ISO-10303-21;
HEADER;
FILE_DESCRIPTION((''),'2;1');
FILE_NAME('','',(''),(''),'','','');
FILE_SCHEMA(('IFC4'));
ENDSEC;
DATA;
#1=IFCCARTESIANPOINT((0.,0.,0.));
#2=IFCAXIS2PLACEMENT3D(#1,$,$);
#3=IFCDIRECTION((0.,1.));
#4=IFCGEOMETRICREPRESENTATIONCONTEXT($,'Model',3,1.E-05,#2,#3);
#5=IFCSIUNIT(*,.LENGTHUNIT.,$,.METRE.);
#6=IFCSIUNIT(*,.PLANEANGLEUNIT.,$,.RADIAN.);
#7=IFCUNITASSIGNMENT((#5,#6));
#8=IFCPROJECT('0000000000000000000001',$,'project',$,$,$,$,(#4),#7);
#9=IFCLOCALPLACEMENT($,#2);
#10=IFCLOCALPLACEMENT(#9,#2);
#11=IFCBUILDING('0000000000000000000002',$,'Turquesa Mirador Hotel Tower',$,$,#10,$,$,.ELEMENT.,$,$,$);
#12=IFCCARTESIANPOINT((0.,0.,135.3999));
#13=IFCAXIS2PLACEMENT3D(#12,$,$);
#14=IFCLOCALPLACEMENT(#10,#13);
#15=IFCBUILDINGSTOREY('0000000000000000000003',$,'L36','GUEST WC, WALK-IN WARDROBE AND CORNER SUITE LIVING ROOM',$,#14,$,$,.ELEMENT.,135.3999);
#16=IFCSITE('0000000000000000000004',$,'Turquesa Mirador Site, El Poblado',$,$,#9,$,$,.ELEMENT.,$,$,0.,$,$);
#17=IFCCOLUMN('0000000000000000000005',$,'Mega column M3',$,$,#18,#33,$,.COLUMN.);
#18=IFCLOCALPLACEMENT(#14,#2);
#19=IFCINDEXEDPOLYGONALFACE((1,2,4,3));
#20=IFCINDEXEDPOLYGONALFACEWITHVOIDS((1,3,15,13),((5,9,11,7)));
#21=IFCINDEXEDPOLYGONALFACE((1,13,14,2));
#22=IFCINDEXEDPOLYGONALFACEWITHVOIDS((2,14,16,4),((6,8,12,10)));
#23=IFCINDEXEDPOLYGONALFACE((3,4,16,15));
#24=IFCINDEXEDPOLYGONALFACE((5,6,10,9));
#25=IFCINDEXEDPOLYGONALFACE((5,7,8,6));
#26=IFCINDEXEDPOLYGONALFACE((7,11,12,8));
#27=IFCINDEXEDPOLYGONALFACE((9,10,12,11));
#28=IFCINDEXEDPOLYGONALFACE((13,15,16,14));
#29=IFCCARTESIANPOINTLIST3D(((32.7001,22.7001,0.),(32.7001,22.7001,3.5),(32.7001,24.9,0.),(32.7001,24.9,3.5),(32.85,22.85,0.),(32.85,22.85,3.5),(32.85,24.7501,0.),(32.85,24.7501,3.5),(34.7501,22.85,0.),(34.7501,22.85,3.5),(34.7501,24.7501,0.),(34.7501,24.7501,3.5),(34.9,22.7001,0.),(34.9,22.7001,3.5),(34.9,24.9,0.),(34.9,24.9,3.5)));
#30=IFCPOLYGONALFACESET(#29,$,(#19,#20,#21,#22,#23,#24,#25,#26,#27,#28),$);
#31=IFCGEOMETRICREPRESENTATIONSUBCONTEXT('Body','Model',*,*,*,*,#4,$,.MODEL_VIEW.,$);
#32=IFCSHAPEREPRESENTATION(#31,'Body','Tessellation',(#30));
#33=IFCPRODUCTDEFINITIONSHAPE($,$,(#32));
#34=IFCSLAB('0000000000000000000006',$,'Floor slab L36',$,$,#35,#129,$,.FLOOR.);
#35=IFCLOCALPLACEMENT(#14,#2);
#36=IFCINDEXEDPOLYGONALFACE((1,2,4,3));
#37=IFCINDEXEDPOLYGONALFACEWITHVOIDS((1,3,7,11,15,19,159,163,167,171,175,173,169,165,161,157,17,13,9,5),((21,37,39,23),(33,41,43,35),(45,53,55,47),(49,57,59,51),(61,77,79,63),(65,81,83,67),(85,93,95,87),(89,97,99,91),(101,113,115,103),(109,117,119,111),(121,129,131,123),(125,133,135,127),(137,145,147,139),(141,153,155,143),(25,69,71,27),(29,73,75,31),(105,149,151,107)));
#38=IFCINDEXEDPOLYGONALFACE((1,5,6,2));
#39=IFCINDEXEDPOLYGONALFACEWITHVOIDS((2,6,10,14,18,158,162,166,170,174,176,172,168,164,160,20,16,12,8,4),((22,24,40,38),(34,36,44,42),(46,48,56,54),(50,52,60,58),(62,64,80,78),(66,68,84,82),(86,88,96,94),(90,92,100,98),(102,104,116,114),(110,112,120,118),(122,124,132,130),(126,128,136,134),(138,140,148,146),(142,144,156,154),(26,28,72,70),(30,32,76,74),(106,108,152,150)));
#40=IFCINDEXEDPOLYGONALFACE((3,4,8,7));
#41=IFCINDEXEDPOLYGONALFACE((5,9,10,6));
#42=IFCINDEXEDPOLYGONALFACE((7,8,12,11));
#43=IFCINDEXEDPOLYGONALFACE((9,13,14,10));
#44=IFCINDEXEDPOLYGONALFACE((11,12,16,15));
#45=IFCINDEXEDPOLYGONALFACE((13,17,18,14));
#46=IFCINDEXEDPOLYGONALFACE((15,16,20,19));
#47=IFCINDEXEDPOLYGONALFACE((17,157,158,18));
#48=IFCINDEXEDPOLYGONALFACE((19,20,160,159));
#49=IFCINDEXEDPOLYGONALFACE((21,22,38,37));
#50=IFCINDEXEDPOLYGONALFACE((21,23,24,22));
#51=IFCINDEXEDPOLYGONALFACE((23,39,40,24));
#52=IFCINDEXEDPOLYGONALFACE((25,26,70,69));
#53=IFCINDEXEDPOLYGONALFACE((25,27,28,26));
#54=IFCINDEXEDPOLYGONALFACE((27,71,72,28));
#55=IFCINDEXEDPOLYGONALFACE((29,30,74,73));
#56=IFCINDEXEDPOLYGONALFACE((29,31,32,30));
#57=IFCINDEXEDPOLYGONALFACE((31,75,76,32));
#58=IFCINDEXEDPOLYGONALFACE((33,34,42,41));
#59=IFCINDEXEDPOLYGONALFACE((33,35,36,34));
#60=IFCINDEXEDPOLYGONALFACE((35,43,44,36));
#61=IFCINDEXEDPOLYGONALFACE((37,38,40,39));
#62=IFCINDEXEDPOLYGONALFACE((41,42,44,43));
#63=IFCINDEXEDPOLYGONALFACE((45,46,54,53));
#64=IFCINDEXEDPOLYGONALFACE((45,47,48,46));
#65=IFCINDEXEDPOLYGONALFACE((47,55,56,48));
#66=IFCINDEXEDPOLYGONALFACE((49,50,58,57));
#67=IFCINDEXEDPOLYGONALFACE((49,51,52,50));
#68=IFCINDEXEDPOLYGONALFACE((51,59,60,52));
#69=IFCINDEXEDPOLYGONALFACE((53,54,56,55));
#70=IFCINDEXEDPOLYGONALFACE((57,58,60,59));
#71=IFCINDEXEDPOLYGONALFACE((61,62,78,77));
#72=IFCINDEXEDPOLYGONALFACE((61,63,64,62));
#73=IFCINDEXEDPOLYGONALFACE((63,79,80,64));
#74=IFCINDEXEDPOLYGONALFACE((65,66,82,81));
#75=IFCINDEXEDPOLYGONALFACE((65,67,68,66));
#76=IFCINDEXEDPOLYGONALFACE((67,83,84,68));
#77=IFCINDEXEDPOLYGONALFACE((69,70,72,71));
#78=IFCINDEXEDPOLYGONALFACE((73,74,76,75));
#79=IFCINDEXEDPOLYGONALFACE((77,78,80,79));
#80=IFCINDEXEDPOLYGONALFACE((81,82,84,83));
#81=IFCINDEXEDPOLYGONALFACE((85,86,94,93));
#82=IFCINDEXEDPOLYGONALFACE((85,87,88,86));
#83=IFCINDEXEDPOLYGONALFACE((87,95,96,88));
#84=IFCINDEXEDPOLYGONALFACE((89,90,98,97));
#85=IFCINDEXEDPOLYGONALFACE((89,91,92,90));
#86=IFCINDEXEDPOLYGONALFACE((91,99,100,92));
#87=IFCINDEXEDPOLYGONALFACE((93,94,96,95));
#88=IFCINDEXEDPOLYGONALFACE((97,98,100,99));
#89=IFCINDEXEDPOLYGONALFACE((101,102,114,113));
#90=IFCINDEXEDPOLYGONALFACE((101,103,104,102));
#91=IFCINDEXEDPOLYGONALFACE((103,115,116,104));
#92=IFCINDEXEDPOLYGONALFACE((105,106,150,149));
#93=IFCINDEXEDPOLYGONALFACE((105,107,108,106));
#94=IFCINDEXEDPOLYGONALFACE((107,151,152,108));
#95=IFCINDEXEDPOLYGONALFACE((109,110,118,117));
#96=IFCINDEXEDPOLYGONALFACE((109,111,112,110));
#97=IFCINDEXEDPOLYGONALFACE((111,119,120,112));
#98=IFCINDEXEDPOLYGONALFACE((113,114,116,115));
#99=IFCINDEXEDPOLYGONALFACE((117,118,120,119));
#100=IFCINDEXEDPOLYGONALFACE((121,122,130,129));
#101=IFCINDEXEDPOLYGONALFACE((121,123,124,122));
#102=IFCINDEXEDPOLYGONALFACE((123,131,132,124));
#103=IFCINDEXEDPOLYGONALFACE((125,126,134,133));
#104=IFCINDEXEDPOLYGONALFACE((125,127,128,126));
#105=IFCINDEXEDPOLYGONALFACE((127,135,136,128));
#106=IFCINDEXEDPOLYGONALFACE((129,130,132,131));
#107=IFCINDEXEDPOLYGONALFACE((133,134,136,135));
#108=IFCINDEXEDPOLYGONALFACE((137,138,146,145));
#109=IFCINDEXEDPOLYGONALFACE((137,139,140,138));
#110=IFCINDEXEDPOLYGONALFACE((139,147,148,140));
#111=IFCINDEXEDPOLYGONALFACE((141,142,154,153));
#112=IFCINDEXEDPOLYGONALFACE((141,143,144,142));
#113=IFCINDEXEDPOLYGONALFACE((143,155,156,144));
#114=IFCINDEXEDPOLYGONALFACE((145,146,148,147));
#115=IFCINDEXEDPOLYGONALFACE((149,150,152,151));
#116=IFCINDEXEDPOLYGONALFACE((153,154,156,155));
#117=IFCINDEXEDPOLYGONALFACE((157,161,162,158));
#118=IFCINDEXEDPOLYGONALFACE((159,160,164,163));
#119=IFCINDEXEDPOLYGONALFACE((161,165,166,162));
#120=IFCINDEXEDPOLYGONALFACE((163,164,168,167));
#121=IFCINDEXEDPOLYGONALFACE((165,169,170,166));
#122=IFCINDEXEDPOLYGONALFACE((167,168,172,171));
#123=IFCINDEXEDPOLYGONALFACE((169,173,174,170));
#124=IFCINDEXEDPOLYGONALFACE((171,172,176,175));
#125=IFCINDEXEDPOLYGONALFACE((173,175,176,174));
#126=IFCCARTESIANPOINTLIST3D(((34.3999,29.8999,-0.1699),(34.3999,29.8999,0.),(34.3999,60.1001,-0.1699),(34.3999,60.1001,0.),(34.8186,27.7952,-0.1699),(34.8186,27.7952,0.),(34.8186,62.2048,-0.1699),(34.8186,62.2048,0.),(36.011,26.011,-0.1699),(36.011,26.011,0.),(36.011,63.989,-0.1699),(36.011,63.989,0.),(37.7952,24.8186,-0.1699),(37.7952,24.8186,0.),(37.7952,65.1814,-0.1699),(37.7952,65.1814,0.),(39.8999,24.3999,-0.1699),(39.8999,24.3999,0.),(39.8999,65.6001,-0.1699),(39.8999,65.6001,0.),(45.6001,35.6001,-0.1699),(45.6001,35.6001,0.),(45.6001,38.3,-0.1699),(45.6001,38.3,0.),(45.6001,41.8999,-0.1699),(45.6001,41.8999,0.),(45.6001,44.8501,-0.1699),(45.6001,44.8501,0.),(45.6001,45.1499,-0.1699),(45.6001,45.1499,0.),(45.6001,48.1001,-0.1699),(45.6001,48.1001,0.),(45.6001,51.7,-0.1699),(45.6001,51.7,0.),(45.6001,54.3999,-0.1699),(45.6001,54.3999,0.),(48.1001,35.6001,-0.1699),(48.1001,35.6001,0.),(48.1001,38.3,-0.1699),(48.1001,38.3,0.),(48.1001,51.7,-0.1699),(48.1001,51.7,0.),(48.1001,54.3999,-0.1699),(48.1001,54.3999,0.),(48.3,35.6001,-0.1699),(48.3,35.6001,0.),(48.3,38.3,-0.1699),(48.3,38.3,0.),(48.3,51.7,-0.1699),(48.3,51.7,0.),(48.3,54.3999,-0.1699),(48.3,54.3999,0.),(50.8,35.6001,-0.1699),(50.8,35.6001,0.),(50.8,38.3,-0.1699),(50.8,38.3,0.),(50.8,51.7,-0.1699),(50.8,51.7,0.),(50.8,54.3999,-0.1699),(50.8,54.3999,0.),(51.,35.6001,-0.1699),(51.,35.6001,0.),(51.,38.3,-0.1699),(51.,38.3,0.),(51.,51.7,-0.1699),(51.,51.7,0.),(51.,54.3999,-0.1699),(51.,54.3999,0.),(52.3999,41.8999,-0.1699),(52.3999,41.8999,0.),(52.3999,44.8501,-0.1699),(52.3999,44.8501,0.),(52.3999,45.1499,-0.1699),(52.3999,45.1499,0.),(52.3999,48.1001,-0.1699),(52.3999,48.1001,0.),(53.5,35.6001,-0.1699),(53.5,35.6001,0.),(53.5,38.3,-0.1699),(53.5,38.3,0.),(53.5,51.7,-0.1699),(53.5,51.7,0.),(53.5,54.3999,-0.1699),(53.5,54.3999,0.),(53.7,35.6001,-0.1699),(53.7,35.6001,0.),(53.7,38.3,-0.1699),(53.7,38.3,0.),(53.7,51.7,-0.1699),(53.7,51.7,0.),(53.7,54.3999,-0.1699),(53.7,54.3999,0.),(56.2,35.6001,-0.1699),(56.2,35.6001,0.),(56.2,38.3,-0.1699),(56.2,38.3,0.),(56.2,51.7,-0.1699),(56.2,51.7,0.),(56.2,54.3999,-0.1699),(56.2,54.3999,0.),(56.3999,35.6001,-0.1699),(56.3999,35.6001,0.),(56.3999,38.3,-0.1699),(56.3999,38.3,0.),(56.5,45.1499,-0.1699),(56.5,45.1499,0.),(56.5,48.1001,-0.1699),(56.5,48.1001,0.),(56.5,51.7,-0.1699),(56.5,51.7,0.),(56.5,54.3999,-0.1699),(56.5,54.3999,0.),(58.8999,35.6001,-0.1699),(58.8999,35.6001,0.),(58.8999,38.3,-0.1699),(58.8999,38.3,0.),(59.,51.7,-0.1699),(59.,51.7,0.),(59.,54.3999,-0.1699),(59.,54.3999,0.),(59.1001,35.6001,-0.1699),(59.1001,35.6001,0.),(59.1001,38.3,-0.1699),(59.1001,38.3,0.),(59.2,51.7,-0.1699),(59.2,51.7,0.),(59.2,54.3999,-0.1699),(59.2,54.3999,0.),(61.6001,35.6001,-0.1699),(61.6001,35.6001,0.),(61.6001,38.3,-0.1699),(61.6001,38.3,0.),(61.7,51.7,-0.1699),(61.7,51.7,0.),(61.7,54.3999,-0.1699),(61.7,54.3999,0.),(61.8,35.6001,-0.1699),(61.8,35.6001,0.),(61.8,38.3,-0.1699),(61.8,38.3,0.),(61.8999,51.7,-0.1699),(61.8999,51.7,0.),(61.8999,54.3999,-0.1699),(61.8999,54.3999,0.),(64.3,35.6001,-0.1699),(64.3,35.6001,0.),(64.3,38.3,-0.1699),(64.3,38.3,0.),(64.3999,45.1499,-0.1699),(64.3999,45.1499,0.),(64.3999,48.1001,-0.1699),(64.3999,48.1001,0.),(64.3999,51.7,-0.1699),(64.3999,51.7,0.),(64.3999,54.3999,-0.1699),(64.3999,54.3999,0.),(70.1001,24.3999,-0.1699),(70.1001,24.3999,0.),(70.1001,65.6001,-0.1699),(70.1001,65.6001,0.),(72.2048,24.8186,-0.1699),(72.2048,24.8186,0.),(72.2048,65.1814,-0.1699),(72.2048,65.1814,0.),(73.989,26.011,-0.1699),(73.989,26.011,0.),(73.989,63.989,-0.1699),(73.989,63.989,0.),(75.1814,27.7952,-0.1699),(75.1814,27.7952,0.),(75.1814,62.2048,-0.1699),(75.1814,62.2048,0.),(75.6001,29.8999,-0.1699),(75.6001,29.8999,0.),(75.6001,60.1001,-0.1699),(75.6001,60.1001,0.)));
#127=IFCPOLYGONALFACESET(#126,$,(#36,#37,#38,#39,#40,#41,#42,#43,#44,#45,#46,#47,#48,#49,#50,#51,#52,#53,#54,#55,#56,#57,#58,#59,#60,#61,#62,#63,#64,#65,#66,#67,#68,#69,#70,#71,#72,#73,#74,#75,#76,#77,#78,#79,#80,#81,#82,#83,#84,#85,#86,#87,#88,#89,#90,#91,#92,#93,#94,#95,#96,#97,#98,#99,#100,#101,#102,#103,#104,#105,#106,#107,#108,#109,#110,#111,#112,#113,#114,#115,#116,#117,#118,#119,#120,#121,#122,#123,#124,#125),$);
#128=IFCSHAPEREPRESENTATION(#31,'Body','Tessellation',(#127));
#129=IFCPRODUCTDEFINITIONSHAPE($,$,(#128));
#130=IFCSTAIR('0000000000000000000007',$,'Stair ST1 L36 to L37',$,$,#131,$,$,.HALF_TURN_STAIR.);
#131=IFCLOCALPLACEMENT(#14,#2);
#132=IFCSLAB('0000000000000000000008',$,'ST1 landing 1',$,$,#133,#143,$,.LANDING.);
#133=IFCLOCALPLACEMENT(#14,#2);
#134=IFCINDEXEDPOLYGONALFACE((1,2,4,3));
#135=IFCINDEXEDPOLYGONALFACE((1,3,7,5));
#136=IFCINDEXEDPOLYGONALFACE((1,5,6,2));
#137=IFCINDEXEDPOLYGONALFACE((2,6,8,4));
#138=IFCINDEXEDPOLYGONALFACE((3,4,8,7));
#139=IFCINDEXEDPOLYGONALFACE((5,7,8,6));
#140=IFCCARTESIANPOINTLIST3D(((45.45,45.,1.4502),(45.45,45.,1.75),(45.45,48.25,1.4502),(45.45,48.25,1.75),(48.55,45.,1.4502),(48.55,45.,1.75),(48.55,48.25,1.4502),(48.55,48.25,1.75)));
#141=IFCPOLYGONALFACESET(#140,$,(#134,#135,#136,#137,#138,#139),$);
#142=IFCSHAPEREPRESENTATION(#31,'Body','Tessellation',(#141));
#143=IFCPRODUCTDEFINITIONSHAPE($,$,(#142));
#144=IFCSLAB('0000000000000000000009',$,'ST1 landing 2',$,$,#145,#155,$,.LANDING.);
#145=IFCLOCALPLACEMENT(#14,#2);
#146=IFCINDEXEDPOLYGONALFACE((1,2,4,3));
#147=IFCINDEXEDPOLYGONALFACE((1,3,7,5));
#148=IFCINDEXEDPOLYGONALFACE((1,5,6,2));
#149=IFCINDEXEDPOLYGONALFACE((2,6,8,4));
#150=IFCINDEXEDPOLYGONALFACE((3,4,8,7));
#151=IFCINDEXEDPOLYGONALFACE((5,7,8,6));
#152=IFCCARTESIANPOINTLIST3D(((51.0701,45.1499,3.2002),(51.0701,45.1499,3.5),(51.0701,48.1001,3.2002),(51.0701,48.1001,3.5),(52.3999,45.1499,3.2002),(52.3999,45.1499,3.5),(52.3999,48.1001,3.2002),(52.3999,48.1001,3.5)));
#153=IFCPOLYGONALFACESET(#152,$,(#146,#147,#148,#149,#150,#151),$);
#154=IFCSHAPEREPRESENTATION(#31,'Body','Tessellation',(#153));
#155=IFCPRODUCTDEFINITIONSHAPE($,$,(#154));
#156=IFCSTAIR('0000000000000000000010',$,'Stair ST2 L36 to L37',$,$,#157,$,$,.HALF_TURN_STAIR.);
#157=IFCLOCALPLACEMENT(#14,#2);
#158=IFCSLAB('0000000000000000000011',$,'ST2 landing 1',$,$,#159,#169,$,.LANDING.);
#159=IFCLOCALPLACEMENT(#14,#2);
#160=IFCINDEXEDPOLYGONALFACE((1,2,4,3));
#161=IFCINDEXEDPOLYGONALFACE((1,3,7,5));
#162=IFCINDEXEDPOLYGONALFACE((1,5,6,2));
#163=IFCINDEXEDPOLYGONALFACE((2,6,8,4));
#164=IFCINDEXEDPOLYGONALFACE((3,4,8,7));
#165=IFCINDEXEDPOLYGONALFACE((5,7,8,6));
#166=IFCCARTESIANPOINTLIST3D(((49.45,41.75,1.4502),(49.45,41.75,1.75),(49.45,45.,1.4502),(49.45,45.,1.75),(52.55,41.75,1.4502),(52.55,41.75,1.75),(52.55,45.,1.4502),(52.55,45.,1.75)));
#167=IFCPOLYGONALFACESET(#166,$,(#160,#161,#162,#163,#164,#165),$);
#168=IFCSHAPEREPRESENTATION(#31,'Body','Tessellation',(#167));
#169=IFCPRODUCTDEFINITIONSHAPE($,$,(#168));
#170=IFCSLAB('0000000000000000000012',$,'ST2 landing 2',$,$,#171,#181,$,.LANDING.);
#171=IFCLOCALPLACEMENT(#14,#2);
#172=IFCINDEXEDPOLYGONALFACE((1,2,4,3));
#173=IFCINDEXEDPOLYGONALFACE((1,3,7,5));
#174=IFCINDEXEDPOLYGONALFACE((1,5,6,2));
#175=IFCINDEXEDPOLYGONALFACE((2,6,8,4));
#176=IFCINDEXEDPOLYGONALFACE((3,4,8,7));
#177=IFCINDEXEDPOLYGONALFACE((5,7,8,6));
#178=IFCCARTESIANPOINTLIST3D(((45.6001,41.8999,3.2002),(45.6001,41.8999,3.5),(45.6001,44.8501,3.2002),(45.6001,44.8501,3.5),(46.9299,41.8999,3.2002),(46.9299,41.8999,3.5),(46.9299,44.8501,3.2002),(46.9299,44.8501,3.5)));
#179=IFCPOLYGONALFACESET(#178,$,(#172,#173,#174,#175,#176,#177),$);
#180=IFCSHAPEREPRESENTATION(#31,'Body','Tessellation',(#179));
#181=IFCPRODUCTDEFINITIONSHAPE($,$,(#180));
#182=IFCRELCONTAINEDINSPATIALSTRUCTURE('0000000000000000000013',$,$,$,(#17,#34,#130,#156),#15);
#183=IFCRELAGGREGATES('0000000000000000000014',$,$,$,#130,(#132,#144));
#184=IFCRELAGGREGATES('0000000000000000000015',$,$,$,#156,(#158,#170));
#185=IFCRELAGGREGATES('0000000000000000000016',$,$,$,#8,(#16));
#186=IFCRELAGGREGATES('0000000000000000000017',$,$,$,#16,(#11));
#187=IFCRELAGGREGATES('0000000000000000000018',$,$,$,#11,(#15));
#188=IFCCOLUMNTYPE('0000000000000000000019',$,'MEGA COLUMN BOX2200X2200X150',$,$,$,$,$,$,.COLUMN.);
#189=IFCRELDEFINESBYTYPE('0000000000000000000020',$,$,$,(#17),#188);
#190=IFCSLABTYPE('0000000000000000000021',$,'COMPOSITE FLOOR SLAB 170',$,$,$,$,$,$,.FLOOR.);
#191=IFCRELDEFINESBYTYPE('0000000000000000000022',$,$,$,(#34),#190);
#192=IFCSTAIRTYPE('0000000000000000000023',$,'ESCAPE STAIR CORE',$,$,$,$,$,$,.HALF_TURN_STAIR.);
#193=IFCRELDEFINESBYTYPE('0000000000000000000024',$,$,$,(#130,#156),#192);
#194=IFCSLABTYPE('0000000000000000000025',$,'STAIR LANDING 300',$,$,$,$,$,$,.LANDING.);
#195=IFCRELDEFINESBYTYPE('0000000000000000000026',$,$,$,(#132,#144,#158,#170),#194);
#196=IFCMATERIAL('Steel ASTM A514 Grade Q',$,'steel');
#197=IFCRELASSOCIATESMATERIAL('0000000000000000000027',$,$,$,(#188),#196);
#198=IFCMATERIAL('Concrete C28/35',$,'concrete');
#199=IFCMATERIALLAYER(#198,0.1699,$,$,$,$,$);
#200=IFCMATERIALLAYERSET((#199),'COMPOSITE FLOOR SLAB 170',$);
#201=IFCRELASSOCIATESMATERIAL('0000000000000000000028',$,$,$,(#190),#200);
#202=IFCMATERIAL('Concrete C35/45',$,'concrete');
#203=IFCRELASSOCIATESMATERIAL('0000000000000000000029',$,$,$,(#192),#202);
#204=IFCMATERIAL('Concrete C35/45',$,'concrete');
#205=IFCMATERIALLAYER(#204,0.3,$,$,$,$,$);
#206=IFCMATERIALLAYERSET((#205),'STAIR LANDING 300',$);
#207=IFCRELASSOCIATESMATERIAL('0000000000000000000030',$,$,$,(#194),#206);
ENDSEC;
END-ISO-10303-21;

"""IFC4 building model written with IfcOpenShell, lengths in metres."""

from ifc_helpers import new_model, si_unit, direction, frame, origin, origin_2d, place, context, subcontext, project, spatial, polyline, hollow_rectangle, outline, extrude, material, layer, layer_set, material_profile, profile_set, type_object, element, aggregate, save


model = new_model("IFC4")

# Units and contexts
model_context = context("Model", 3, precision=1e-05, world=origin(), true_north=direction((0.0, 1.0)))
body_context = subcontext(model_context, "Body", "Model", "MODEL_VIEW")
ifc_project = project(units=[si_unit("LENGTHUNIT", "METRE"), si_unit("PLANEANGLEUNIT", "RADIAN")], contexts=[model_context])

# Site, building, storey
site_placement = place(None, origin())
site = spatial("IfcSite", under=ifc_project, at=site_placement, Name="Turquesa Mirador Site, El Poblado", CompositionType="ELEMENT", RefElevation=0.0)
building_placement = place(site_placement, origin())
building = spatial("IfcBuilding", under=site, at=building_placement, Name="Turquesa Mirador Hotel Tower", CompositionType="ELEMENT")
storey_placement = place(building_placement, frame((0.0, 0.0, 135.3999)))
storey = spatial("IfcBuildingStorey", under=building, at=storey_placement, Name="L36", Description="GUEST WC, WALK-IN WARDROBE AND CORNER SUITE LIVING ROOM", CompositionType="ELEMENT", Elevation=135.3999)

# Column
ifc_material_1 = material(Name="Steel ASTM A514 Grade Q", Category="steel")
ifc_material_profile = material_profile(ifc_material_1, hollow_rectangle(XDim=2.2, YDim=2.2, WallThickness=0.1499, at=origin_2d()), Name="BOX2200X2200X150")
ifc_profile_set = profile_set([ifc_material_profile], Name="Steel ASTM A514 Grade Q")
column_type = type_object("IfcColumnType", Name="MEGA COLUMN BOX2200X2200X150", PredefinedType="COLUMN", material=ifc_profile_set)
column_placement = place(storey_placement, frame((33.8, 23.8, 0.0), z_axis=(0.0, 0.0, 1.0), x_axis=(1.0, 0.0, 0.0)))
element("IfcColumn", 1, at=column_placement, inside=storey, type_object=column_type, Name="Mega column M3", PredefinedType="COLUMN", context=body_context, shape_type="SweptSolid", body=[
    extrude(hollow_rectangle(XDim=2.2, YDim=2.2, WallThickness=0.1499, at=origin_2d()), origin(), (0.0, 0.0, 1.0), 3.5),
])

# Slab
ifc_material_2 = material(Name="Concrete C28/35", Category="concrete")
ifc_layer_1 = layer(ifc_material_2, 0.1699)
ifc_layer_set_1 = layer_set([ifc_layer_1], Name="COMPOSITE FLOOR SLAB 170")
slab_type_1 = type_object("IfcSlabType", Name="COMPOSITE FLOOR SLAB 170", PredefinedType="FLOOR", material=ifc_layer_set_1)
slab_1_placement = place(storey_placement, frame((0.0, 0.0, -0.1699)))
element("IfcSlab", 2, at=slab_1_placement, inside=storey, type_object=slab_type_1, Name="Floor slab L36", PredefinedType="FLOOR", context=body_context, shape_type="SweptSolid", body=[
    extrude(outline(polyline([(70.1001, 24.3999), (72.2048, 24.8186), (73.989, 26.011), (75.1814, 27.7952), (75.6001, 29.8999), (75.6001, 60.1001), (75.1814, 62.2048), (73.989, 63.989), (72.2048, 65.1814), (70.1001, 65.6001), (39.8999, 65.6001), (37.7952, 65.1814), (36.011, 63.989), (34.8186, 62.2048), (34.3999, 60.1001), (34.3999, 29.8999), (34.8186, 27.7952), (36.011, 26.011), (37.7952, 24.8186), (39.8999, 24.3999), (70.1001, 24.3999)]), holes=[polyline([(45.6001, 51.7), (48.1001, 51.7), (48.1001, 54.3999), (45.6001, 54.3999), (45.6001, 51.7)]), polyline([(48.3, 51.7), (50.8, 51.7), (50.8, 54.3999), (48.3, 54.3999), (48.3, 51.7)]), polyline([(51.0, 51.7), (53.5, 51.7), (53.5, 54.3999), (51.0, 54.3999), (51.0, 51.7)]), polyline([(53.7, 51.7), (56.2, 51.7), (56.2, 54.3999), (53.7, 54.3999), (53.7, 51.7)]), polyline([(56.5, 51.7), (59.0, 51.7), (59.0, 54.3999), (56.5, 54.3999), (56.5, 51.7)]), polyline([(59.2, 51.7), (61.7, 51.7), (61.7, 54.3999), (59.2, 54.3999), (59.2, 51.7)]), polyline([(45.6001, 35.6001), (48.1001, 35.6001), (48.1001, 38.3), (45.6001, 38.3), (45.6001, 35.6001)]), polyline([(48.3, 35.6001), (50.8, 35.6001), (50.8, 38.3), (48.3, 38.3), (48.3, 35.6001)]), polyline([(51.0, 35.6001), (53.5, 35.6001), (53.5, 38.3), (51.0, 38.3), (51.0, 35.6001)]), polyline([(53.7, 35.6001), (56.2, 35.6001), (56.2, 38.3), (53.7, 38.3), (53.7, 35.6001)]), polyline([(56.3999, 35.6001), (58.8999, 35.6001), (58.8999, 38.3), (56.3999, 38.3), (56.3999, 35.6001)]), polyline([(59.1001, 35.6001), (61.6001, 35.6001), (61.6001, 38.3), (59.1001, 38.3), (59.1001, 35.6001)]), polyline([(61.8, 35.6001), (64.3, 35.6001), (64.3, 38.3), (61.8, 38.3), (61.8, 35.6001)]), polyline([(45.6001, 45.1499), (52.3999, 45.1499), (52.3999, 48.1001), (45.6001, 48.1001), (45.6001, 45.1499)]), polyline([(45.6001, 41.8999), (52.3999, 41.8999), (52.3999, 44.8501), (45.6001, 44.8501), (45.6001, 41.8999)]), polyline([(56.5, 45.1499), (64.3999, 45.1499), (64.3999, 48.1001), (56.5, 48.1001), (56.5, 45.1499)]), polyline([(61.8999, 51.7), (64.3999, 51.7), (64.3999, 54.3999), (61.8999, 54.3999), (61.8999, 51.7)])]), origin(), (0.0, 0.0, 1.0), 0.1699),
])

# Stairs, slabs
ifc_material_3 = material(Name="Concrete C35/45", Category="concrete")
stair_type = type_object("IfcStairType", Name="ESCAPE STAIR CORE", PredefinedType="HALF_TURN_STAIR", material=ifc_material_3)
stair_1_placement = place(storey_placement, origin())
stair_1 = element("IfcStair", 3, at=stair_1_placement, inside=storey, type_object=stair_type, Name="Stair ST1 L36 to L37", PredefinedType="HALF_TURN_STAIR")
ifc_material_4 = material(Name="Concrete C35/45", Category="concrete")
ifc_layer_2 = layer(ifc_material_4, 0.3)
ifc_layer_set_2 = layer_set([ifc_layer_2], Name="STAIR LANDING 300")
slab_type_2 = type_object("IfcSlabType", Name="STAIR LANDING 300", PredefinedType="LANDING", material=ifc_layer_set_2)
slab_2_placement = place(storey_placement, frame((0.0, 0.0, 1.4502)))
slab_2 = element("IfcSlab", 4, at=slab_2_placement, type_object=slab_type_2, Name="ST1 landing 1", PredefinedType="LANDING", context=body_context, shape_type="SweptSolid", body=[
    extrude(outline(polyline([(45.45, 45.0), (48.55, 45.0), (48.55, 48.25), (45.45, 48.25), (45.45, 45.0)])), origin(), (0.0, 0.0, 1.0), 0.2998),
])
slab_3_placement = place(storey_placement, frame((0.0, 0.0, 3.2002)))
slab_3 = element("IfcSlab", 5, at=slab_3_placement, type_object=slab_type_2, Name="ST1 landing 2", PredefinedType="LANDING", context=body_context, shape_type="SweptSolid", body=[
    extrude(outline(polyline([(51.0701, 45.1499), (52.3999, 45.1499), (52.3999, 48.1001), (51.0701, 48.1001), (51.0701, 45.1499)])), origin(), (0.0, 0.0, 1.0), 0.2998),
])
aggregate(stair_1, [slab_2, slab_3])
stair_2_placement = place(storey_placement, origin())
stair_2 = element("IfcStair", 6, at=stair_2_placement, inside=storey, type_object=stair_type, Name="Stair ST2 L36 to L37", PredefinedType="HALF_TURN_STAIR")
slab_4_placement = place(storey_placement, frame((0.0, 0.0, 1.4502)))
slab_4 = element("IfcSlab", 7, at=slab_4_placement, type_object=slab_type_2, Name="ST2 landing 1", PredefinedType="LANDING", context=body_context, shape_type="SweptSolid", body=[
    extrude(outline(polyline([(52.55, 45.0), (49.45, 45.0), (49.45, 41.75), (52.55, 41.75), (52.55, 45.0)])), origin(), (0.0, 0.0, 1.0), 0.2998),
])
slab_5_placement = place(storey_placement, frame((0.0, 0.0, 3.2002)))
slab_5 = element("IfcSlab", 8, at=slab_5_placement, type_object=slab_type_2, Name="ST2 landing 2", PredefinedType="LANDING", context=body_context, shape_type="SweptSolid", body=[
    extrude(outline(polyline([(46.9299, 44.8501), (45.6001, 44.8501), (45.6001, 41.8999), (46.9299, 41.8999), (46.9299, 44.8501)])), origin(), (0.0, 0.0, 1.0), 0.2998),
])
aggregate(stair_2, [slab_4, slab_5])

save(model, "model.ifc")
